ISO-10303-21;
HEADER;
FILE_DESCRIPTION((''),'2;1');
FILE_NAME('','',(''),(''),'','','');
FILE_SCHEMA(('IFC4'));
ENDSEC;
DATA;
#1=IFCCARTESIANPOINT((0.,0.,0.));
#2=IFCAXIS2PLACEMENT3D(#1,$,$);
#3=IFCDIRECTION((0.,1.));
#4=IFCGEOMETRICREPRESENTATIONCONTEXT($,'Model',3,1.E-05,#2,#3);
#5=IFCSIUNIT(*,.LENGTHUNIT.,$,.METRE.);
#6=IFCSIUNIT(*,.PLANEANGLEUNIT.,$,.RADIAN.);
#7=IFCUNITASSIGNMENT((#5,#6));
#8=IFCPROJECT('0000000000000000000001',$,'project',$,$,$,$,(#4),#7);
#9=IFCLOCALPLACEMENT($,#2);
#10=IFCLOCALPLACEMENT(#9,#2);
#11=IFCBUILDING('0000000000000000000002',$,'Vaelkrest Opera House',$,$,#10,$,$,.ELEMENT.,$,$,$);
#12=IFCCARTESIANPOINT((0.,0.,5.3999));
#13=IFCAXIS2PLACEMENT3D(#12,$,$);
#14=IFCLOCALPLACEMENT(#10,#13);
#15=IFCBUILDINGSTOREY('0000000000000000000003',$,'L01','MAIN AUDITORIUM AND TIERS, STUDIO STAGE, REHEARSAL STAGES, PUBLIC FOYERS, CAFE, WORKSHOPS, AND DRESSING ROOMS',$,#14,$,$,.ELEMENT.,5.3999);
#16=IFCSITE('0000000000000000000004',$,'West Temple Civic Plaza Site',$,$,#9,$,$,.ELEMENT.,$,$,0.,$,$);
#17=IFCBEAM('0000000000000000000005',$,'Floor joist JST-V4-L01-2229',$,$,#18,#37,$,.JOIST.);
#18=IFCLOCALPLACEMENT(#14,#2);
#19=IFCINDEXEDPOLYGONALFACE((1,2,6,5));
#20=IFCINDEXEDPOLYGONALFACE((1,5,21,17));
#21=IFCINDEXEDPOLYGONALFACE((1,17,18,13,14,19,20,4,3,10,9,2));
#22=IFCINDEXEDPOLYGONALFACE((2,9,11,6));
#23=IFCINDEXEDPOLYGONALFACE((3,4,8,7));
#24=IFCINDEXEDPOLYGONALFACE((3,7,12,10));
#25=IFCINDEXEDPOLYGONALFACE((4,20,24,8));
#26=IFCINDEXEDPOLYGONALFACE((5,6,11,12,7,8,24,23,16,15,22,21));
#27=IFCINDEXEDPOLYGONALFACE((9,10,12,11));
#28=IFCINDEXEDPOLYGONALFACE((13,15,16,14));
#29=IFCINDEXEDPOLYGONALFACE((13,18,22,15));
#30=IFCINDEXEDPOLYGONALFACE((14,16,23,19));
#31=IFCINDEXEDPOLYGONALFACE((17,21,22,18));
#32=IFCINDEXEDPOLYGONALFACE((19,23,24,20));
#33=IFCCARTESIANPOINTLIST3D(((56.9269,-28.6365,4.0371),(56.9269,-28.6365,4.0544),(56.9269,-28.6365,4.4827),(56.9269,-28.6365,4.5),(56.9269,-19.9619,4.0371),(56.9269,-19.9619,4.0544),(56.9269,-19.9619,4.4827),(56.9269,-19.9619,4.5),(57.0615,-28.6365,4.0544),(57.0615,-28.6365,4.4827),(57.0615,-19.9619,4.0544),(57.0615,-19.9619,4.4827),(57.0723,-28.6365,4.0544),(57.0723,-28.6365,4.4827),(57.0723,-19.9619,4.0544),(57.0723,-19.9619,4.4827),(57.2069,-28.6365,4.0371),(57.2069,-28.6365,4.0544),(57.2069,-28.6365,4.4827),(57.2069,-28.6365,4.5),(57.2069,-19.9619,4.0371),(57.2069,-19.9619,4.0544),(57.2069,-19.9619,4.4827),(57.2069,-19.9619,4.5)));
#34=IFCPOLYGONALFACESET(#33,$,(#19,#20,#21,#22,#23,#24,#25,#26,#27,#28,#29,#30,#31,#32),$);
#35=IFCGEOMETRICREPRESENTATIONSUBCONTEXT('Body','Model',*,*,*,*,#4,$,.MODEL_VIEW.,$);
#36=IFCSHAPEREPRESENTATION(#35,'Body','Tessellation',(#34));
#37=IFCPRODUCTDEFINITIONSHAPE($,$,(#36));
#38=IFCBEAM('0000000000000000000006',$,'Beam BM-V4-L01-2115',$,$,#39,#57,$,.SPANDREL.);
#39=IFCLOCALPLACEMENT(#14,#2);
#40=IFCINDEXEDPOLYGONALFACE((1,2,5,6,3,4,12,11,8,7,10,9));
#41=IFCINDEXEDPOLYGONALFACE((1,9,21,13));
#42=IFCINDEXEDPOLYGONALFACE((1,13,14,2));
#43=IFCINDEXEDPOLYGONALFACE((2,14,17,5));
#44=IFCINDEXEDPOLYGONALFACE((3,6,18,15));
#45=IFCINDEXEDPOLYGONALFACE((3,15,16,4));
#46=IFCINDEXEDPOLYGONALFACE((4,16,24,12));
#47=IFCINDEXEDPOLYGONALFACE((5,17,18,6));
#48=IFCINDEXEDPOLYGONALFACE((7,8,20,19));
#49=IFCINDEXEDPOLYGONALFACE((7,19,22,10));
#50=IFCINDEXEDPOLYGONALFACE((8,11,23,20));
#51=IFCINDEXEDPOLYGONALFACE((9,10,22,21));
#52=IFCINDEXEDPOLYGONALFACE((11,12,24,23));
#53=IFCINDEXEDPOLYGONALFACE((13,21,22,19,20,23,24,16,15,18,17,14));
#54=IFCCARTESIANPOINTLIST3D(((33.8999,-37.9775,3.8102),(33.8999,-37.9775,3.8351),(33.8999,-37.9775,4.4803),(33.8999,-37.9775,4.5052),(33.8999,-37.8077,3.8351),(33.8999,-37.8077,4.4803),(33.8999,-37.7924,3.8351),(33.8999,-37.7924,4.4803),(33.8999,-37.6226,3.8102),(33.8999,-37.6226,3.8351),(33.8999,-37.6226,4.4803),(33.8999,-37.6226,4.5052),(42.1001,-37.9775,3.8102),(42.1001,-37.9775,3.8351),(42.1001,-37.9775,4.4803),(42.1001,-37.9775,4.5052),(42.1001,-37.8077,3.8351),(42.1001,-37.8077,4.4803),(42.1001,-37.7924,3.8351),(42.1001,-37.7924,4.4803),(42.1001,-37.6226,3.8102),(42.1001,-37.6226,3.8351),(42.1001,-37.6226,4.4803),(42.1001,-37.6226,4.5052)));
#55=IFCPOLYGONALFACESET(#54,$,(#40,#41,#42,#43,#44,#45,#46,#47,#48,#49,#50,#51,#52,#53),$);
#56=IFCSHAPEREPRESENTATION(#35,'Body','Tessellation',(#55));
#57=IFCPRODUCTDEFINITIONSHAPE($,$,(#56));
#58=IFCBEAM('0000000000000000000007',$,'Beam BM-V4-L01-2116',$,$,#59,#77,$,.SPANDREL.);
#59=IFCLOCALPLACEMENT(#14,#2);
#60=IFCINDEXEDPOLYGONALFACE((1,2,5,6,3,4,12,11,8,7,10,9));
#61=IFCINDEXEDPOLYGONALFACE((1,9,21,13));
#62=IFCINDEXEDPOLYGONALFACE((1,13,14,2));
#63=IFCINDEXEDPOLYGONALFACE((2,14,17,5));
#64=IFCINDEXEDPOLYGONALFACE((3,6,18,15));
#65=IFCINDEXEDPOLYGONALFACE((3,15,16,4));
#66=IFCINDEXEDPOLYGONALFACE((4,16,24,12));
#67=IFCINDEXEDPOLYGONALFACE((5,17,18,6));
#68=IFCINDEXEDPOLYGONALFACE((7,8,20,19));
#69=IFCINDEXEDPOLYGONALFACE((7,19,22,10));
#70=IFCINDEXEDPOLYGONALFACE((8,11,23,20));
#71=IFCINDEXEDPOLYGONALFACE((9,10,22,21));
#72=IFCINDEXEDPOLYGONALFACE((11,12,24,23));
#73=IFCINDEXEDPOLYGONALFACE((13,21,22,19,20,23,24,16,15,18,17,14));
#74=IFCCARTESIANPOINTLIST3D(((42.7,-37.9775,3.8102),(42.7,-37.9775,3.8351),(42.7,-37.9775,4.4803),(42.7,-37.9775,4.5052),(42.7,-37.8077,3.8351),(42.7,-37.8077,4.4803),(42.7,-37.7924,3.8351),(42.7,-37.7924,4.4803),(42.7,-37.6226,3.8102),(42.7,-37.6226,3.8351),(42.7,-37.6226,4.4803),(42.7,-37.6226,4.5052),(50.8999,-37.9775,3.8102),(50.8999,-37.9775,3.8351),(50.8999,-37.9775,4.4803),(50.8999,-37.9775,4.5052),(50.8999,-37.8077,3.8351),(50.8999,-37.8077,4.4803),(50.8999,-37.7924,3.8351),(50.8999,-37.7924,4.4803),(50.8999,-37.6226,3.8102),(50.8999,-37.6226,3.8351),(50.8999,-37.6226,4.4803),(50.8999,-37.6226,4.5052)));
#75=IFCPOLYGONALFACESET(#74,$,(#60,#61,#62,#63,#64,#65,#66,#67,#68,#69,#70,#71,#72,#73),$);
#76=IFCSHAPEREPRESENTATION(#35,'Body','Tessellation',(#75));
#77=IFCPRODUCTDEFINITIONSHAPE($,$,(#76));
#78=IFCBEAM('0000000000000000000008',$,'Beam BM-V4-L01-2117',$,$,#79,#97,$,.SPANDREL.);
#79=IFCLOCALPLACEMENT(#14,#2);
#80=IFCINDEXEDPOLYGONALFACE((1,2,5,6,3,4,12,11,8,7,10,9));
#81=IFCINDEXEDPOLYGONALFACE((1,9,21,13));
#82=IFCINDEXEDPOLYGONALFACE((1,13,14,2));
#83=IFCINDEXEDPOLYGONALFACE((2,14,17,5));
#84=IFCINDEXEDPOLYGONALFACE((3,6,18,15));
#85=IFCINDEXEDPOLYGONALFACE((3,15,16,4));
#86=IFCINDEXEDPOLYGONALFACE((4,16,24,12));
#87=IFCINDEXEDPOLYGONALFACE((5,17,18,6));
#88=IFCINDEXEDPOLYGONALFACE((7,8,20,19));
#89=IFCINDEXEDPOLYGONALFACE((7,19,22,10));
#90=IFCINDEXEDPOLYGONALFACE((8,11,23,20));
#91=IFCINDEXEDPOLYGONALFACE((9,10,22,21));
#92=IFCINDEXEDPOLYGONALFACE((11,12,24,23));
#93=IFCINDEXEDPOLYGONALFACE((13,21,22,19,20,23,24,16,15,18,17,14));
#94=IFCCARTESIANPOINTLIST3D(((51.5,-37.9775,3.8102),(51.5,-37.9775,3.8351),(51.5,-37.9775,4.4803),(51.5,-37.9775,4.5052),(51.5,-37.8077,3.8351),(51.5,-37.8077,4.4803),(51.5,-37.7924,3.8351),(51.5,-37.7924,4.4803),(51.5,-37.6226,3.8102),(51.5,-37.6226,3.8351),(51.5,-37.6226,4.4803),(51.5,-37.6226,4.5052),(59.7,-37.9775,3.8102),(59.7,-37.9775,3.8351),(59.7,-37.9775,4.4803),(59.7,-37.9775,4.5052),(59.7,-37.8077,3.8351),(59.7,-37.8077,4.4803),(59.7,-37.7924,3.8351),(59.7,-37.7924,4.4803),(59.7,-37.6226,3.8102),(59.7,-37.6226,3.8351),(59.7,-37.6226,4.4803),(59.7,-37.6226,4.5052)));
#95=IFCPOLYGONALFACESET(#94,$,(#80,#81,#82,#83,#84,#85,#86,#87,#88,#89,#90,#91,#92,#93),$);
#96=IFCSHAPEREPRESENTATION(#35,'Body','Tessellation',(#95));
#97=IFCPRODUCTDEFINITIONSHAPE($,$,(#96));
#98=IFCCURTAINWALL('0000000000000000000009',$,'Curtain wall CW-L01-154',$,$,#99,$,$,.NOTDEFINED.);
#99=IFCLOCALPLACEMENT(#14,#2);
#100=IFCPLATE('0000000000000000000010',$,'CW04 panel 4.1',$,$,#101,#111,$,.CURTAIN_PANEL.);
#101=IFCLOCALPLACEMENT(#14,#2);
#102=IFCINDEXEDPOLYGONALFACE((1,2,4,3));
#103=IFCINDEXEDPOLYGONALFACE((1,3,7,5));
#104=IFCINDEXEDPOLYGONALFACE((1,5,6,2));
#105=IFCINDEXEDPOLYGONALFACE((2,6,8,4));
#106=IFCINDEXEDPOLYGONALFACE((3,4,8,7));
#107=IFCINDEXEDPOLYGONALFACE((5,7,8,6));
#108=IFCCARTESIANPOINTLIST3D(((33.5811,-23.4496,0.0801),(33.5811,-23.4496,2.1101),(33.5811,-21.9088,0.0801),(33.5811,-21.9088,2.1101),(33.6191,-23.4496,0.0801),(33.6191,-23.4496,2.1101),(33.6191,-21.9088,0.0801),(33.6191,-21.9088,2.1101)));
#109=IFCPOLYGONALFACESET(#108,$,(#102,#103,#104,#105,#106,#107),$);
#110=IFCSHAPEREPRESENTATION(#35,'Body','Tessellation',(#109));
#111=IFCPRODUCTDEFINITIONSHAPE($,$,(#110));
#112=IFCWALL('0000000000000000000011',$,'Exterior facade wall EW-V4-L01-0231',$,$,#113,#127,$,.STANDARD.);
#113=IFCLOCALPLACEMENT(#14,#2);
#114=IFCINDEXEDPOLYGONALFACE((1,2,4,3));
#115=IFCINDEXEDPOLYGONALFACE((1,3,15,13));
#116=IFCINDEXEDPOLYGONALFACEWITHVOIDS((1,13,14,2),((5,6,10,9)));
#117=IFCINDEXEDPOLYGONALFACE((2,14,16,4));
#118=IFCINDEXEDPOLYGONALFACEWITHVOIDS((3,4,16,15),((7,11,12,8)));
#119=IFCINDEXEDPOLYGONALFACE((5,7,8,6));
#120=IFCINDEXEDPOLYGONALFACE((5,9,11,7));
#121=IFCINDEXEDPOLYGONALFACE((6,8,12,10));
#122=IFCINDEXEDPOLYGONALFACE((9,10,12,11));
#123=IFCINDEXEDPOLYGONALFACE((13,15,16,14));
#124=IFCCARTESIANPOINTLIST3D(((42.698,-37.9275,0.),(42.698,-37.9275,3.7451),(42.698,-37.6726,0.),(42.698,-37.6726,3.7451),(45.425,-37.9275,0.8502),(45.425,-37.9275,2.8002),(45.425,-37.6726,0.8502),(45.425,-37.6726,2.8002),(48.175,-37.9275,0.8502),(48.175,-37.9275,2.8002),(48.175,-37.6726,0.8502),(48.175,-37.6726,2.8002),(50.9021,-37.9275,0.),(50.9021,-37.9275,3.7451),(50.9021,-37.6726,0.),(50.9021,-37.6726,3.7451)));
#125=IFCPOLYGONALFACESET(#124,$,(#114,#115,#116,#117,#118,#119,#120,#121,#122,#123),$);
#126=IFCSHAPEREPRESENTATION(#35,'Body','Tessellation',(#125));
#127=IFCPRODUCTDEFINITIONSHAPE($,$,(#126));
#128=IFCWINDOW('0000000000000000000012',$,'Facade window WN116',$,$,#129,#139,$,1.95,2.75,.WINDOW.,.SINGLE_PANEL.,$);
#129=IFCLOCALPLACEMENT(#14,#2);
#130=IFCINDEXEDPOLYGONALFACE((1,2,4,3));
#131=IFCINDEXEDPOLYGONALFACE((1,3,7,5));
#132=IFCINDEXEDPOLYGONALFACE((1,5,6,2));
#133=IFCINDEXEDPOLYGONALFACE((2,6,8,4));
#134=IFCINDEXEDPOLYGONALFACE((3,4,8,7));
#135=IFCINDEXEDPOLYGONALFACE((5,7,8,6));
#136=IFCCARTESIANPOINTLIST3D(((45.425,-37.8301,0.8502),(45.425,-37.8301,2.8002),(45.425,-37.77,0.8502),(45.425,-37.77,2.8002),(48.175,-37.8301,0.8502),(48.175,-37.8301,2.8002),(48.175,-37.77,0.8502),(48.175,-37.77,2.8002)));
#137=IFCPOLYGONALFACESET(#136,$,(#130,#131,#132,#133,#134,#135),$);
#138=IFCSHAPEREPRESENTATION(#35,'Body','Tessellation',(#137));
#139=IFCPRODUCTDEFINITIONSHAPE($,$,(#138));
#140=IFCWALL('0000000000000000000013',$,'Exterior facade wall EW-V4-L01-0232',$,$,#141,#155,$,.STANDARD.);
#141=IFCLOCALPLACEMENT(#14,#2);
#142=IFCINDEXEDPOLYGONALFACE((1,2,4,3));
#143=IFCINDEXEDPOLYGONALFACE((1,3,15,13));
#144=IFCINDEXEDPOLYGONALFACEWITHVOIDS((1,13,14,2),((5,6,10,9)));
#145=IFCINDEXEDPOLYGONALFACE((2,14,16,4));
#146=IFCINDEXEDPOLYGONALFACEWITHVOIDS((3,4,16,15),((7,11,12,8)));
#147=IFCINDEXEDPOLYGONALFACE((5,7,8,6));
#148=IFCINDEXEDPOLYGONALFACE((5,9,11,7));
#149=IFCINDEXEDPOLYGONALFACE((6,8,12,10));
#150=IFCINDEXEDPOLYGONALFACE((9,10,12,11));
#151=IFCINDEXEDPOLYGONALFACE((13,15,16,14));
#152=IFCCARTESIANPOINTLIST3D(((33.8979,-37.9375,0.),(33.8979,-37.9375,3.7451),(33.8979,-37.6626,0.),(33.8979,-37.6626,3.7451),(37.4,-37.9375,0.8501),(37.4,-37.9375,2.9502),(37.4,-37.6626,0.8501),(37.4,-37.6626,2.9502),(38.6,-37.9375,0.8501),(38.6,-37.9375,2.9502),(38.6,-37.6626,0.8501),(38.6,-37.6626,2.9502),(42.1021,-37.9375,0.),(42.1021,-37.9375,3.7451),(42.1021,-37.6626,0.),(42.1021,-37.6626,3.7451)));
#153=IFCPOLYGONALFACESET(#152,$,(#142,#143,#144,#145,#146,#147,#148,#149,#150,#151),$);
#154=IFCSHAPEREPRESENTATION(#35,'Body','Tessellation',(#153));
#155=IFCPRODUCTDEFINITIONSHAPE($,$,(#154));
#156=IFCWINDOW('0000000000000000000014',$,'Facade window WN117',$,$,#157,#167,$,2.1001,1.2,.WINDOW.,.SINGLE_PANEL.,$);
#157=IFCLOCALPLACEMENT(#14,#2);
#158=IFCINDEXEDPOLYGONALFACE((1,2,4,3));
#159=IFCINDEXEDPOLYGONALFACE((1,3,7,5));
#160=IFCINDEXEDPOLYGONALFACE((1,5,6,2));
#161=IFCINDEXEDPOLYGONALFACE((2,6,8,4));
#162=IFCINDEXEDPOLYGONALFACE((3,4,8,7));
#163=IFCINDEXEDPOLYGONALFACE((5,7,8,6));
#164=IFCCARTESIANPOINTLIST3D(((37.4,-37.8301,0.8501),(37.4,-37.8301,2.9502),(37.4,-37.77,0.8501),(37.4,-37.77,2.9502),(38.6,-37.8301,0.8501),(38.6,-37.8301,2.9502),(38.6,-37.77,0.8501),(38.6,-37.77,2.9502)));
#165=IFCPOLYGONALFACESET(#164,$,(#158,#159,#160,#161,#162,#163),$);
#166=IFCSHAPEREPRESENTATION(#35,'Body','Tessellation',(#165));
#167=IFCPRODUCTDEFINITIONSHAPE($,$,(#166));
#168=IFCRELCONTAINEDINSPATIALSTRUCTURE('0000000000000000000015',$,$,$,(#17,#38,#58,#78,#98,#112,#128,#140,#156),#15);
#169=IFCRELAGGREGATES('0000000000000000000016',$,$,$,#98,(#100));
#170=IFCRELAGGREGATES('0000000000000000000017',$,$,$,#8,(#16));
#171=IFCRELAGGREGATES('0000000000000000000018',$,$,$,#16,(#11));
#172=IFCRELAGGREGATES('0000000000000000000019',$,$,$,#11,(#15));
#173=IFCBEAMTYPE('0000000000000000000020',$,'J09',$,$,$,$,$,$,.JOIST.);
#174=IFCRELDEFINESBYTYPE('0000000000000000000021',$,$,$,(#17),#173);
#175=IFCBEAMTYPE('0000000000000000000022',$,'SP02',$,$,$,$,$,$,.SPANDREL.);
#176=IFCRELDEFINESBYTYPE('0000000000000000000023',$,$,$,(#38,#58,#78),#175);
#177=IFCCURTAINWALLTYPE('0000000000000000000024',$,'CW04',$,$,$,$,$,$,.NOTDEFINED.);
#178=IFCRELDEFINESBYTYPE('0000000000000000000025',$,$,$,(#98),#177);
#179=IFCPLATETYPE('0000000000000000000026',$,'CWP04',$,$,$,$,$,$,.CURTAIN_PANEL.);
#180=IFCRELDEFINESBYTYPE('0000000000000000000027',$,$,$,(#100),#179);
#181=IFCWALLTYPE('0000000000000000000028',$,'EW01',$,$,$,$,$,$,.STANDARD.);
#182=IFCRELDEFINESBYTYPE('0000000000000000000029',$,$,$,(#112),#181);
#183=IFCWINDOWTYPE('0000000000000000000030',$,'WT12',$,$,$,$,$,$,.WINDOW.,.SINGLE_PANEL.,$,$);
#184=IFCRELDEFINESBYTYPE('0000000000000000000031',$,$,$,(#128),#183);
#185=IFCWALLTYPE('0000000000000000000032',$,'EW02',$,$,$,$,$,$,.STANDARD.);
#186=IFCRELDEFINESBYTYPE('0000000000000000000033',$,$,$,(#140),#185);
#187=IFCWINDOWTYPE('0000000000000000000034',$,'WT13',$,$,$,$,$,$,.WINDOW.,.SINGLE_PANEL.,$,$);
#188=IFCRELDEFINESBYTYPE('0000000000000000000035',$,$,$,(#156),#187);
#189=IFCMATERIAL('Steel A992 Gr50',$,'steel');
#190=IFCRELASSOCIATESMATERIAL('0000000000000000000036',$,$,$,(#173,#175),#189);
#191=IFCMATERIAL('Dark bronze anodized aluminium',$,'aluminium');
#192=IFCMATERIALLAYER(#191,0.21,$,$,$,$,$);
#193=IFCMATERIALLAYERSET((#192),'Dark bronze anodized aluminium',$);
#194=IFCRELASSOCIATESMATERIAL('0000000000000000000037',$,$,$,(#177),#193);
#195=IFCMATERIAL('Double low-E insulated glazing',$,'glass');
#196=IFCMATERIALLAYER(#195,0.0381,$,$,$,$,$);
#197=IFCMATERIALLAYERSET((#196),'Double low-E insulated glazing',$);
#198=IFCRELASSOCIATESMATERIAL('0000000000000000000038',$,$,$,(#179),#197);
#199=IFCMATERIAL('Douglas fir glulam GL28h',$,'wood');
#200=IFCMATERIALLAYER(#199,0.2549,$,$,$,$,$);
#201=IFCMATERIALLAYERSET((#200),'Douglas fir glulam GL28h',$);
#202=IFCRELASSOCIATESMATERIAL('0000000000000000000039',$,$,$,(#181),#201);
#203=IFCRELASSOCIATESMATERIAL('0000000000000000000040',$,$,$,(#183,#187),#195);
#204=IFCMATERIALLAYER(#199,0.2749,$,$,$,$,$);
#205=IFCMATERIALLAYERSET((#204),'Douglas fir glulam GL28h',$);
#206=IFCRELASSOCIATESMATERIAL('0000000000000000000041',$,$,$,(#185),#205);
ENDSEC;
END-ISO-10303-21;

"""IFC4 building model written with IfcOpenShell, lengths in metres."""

from ifc_helpers import new_model, si_unit, direction, frame, frame_2d, origin, origin_2d, place, context, subcontext, project, spatial, rectangle, i_section, extrude, material, layer, layer_set, material_profile, profile_set, type_object, element, fill, aggregate, save


model = new_model("IFC4")

# Units and contexts
model_context = context("Model", 3, precision=1e-05, world=origin(), true_north=direction((0.0, 1.0)))
body_context = subcontext(model_context, "Body", "Model", "MODEL_VIEW")
ifc_project = project(units=[si_unit("LENGTHUNIT", "METRE"), si_unit("PLANEANGLEUNIT", "RADIAN")], contexts=[model_context])

# Site, building, storey
site_placement = place(None, origin())
site = spatial("IfcSite", under=ifc_project, at=site_placement, Name="West Temple Civic Plaza Site", CompositionType="ELEMENT", RefElevation=0.0)
building_placement = place(site_placement, origin())
building = spatial("IfcBuilding", under=site, at=building_placement, Name="Vaelkrest Opera House", CompositionType="ELEMENT")
storey_placement = place(building_placement, frame((0.0, 0.0, 5.3999)))
storey = spatial("IfcBuildingStorey", under=building, at=storey_placement, Name="L01", Description="MAIN AUDITORIUM AND TIERS, STUDIO STAGE, REHEARSAL STAGES, PUBLIC FOYERS, CAFE, WORKSHOPS, AND DRESSING ROOMS", CompositionType="ELEMENT", Elevation=5.3999)

# Beams
ifc_material_1 = material(Name="Steel A992 Gr50", Category="steel")
ifc_material_profile_1 = material_profile(ifc_material_1, i_section(OverallWidth=0.28, OverallDepth=0.4629, WebThickness=0.0107, FlangeThickness=0.0173, at=origin_2d()), Name="W18X76")
ifc_profile_set_1 = profile_set([ifc_material_profile_1], Name="Steel A992 Gr50")
beam_type_1 = type_object("IfcBeamType", Name="J09", PredefinedType="JOIST", material=ifc_profile_set_1)
beam_1_placement = place(storey_placement, frame((57.0669, -28.6365, 4.2686), z_axis=(0.0, 1.0, 0.0), x_axis=(-1.0, 0.0, 0.0)))
element("IfcBeam", 1, at=beam_1_placement, inside=storey, type_object=beam_type_1, Name="Floor joist JST-V4-L01-2229", PredefinedType="JOIST", context=body_context, shape_type="SweptSolid", body=[
    extrude(i_section(OverallWidth=0.28, OverallDepth=0.4629, WebThickness=0.0107, FlangeThickness=0.0173, at=origin_2d()), origin(), (0.0, 0.0, 1.0), 8.6746),
])
ifc_material_profile_2 = material_profile(ifc_material_1, i_section(OverallWidth=0.355, OverallDepth=0.6951, WebThickness=0.0154, FlangeThickness=0.0249, at=origin_2d()), Name="W27X146")
ifc_profile_set_2 = profile_set([ifc_material_profile_2], Name="Steel A992 Gr50")
beam_type_2 = type_object("IfcBeamType", Name="SP02", PredefinedType="SPANDREL", material=ifc_profile_set_2)
beam_2_placement = place(storey_placement, frame((33.8999, -37.8, 4.1577), z_axis=(1.0, 0.0, 0.0), x_axis=(0.0, 1.0, 0.0)))
element("IfcBeam", 2, at=beam_2_placement, inside=storey, type_object=beam_type_2, Name="Beam BM-V4-L01-2115", PredefinedType="SPANDREL", context=body_context, shape_type="SweptSolid", body=[
    extrude(i_section(OverallWidth=0.355, OverallDepth=0.6951, WebThickness=0.0154, FlangeThickness=0.0249, at=origin_2d()), origin(), (0.0, 0.0, 1.0), 8.2002),
])
for number, where, z_axis, x_axis, name in (
    (3, (42.7, -37.8, 4.1577), (1.0, 0.0, 0.0), (0.0, 1.0, 0.0), "Beam BM-V4-L01-2116"),
    (4, (51.5, -37.8, 4.1577), (1.0, 0.0, 0.0), (0.0, 1.0, 0.0), "Beam BM-V4-L01-2117"),
):
    element("IfcBeam", number, at=place(storey_placement, frame(where, z_axis=z_axis, x_axis=x_axis)), inside=storey, type_object=beam_type_2, Name=name, PredefinedType="SPANDREL", context=body_context, shape_type="SweptSolid", body=[
        extrude(i_section(OverallWidth=0.355, OverallDepth=0.6951, WebThickness=0.0154, FlangeThickness=0.0249, at=origin_2d()), origin(), (0.0, 0.0, 1.0), 8.2),
    ])

# Curtain wall, plate
ifc_material_2 = material(Name="Dark bronze anodized aluminium", Category="aluminium")
ifc_layer_1 = layer(ifc_material_2, 0.21)
ifc_layer_set_1 = layer_set([ifc_layer_1], Name="Dark bronze anodized aluminium")
curtain_wall_type = type_object("IfcCurtainWallType", Name="CW04", PredefinedType="NOTDEFINED", material=ifc_layer_set_1)
curtain_wall_placement = place(storey_placement, origin())
curtain_wall = element("IfcCurtainWall", 5, at=curtain_wall_placement, inside=storey, type_object=curtain_wall_type, Name="Curtain wall CW-L01-154", PredefinedType="NOTDEFINED")
ifc_material_3 = material(Name="Double low-E insulated glazing", Category="glass")
ifc_layer_2 = layer(ifc_material_3, 0.0381)
ifc_layer_set_2 = layer_set([ifc_layer_2], Name="Double low-E insulated glazing")
plate_type = type_object("IfcPlateType", Name="CWP04", PredefinedType="CURTAIN_PANEL", material=ifc_layer_set_2)
plate_placement = place(storey_placement, frame((33.6001, -22.6792, 0.0801), z_axis=(0.0, 0.0, 1.0), x_axis=(0.0, 1.0, 0.0)))
plate = element("IfcPlate", 6, at=plate_placement, type_object=plate_type, Name="CW04 panel 4.1", PredefinedType="CURTAIN_PANEL", context=body_context, shape_type="SweptSolid", body=[
    extrude(rectangle(XDim=1.5408, YDim=0.0381, at=origin_2d()), origin(), (0.0, 0.0, 1.0), 2.03),
])
aggregate(curtain_wall, [plate])

# Walls, openings, windows
ifc_material_4 = material(Name="Douglas fir glulam GL28h", Category="wood")
ifc_layer_3 = layer(ifc_material_4, 0.2549)
ifc_layer_set_3 = layer_set([ifc_layer_3], Name="Douglas fir glulam GL28h")
wall_type_1 = type_object("IfcWallType", Name="EW01", PredefinedType="STANDARD", material=ifc_layer_set_3)
wall_1_placement = place(storey_placement, frame((50.9021, -37.8, 0.0), z_axis=(0.0, 0.0, 1.0), x_axis=(-1.0, 0.0, 0.0)))
wall_1 = element("IfcWall", 7, at=wall_1_placement, inside=storey, type_object=wall_type_1, Name="Exterior facade wall EW-V4-L01-0231", PredefinedType="STANDARD", context=body_context, shape_type="SweptSolid", body=[
    extrude(rectangle(XDim=8.2041, YDim=0.2549, at=frame_2d((4.1021, 0.0))), origin(), (0.0, 0.0, 1.0), 3.7451),
])
opening_1_placement = place(wall_1_placement, frame((2.7271, 0.0, 0.8501)))
opening_1 = element("IfcOpeningElement", 8, at=opening_1_placement, cuts=wall_1, PredefinedType="OPENING", context=body_context, shape_type="SweptSolid", body=[
    extrude(rectangle(XDim=2.75, YDim=1.95, at=frame_2d((1.375, 0.9751))), frame((0.0, 0.1375, 0.0), z_axis=(0.0, -1.0, 0.0), x_axis=(1.0, 0.0, 0.0)), (0.0, 0.0, 1.0), 0.2749),
])
window_type_1 = type_object("IfcWindowType", Name="WT12", PartitioningType="SINGLE_PANEL", PredefinedType="WINDOW", material=ifc_material_3)
window_1_placement = place(opening_1_placement, origin())
window_1 = element("IfcWindow", 9, at=window_1_placement, inside=storey, type_object=window_type_1, Name="Facade window WN116", OverallHeight=1.95, OverallWidth=2.75, PartitioningType="SINGLE_PANEL", PredefinedType="WINDOW", context=body_context, shape_type="SweptSolid", body=[
    extrude(rectangle(XDim=2.75, YDim=1.95, at=frame_2d((1.375, 0.9751))), frame((0.0, 0.03, 0.0), z_axis=(0.0, -1.0, 0.0), x_axis=(1.0, 0.0, 0.0)), (0.0, 0.0, 1.0), 0.0601),
])
fill(opening_1, window_1)
ifc_layer_4 = layer(ifc_material_4, 0.2749)
ifc_layer_set_4 = layer_set([ifc_layer_4], Name="Douglas fir glulam GL28h")
wall_type_2 = type_object("IfcWallType", Name="EW02", PredefinedType="STANDARD", material=ifc_layer_set_4)
wall_2_placement = place(storey_placement, frame((42.1021, -37.8, 0.0), z_axis=(0.0, 0.0, 1.0), x_axis=(-1.0, 0.0, 0.0)))
wall_2 = element("IfcWall", 10, at=wall_2_placement, inside=storey, type_object=wall_type_2, Name="Exterior facade wall EW-V4-L01-0232", PredefinedType="STANDARD", context=body_context, shape_type="SweptSolid", body=[
    extrude(rectangle(XDim=8.2041, YDim=0.2749, at=frame_2d((4.1021, 0.0))), origin(), (0.0, 0.0, 1.0), 3.7451),
])
opening_2_placement = place(wall_2_placement, frame((3.502, 0.0, 0.8501)))
opening_2 = element("IfcOpeningElement", 11, at=opening_2_placement, cuts=wall_2, PredefinedType="OPENING", context=body_context, shape_type="SweptSolid", body=[
    extrude(rectangle(XDim=1.2, YDim=2.1001, at=frame_2d((0.6001, 1.05))), frame((0.0, 0.1475, 0.0), z_axis=(0.0, -1.0, 0.0), x_axis=(1.0, 0.0, 0.0)), (0.0, 0.0, 1.0), 0.2949),
])
window_type_2 = type_object("IfcWindowType", Name="WT13", PartitioningType="SINGLE_PANEL", PredefinedType="WINDOW", material=ifc_material_3)
window_2_placement = place(opening_2_placement, origin())
window_2 = element("IfcWindow", 12, at=window_2_placement, inside=storey, type_object=window_type_2, Name="Facade window WN117", OverallHeight=2.1001, OverallWidth=1.2, PartitioningType="SINGLE_PANEL", PredefinedType="WINDOW", context=body_context, shape_type="SweptSolid", body=[
    extrude(rectangle(XDim=1.2, YDim=2.1001, at=frame_2d((0.6001, 1.05))), frame((0.0, 0.03, 0.0), z_axis=(0.0, -1.0, 0.0), x_axis=(1.0, 0.0, 0.0)), (0.0, 0.0, 1.0), 0.0601),
])
fill(opening_2, window_2)

save(model, "model.ifc")
